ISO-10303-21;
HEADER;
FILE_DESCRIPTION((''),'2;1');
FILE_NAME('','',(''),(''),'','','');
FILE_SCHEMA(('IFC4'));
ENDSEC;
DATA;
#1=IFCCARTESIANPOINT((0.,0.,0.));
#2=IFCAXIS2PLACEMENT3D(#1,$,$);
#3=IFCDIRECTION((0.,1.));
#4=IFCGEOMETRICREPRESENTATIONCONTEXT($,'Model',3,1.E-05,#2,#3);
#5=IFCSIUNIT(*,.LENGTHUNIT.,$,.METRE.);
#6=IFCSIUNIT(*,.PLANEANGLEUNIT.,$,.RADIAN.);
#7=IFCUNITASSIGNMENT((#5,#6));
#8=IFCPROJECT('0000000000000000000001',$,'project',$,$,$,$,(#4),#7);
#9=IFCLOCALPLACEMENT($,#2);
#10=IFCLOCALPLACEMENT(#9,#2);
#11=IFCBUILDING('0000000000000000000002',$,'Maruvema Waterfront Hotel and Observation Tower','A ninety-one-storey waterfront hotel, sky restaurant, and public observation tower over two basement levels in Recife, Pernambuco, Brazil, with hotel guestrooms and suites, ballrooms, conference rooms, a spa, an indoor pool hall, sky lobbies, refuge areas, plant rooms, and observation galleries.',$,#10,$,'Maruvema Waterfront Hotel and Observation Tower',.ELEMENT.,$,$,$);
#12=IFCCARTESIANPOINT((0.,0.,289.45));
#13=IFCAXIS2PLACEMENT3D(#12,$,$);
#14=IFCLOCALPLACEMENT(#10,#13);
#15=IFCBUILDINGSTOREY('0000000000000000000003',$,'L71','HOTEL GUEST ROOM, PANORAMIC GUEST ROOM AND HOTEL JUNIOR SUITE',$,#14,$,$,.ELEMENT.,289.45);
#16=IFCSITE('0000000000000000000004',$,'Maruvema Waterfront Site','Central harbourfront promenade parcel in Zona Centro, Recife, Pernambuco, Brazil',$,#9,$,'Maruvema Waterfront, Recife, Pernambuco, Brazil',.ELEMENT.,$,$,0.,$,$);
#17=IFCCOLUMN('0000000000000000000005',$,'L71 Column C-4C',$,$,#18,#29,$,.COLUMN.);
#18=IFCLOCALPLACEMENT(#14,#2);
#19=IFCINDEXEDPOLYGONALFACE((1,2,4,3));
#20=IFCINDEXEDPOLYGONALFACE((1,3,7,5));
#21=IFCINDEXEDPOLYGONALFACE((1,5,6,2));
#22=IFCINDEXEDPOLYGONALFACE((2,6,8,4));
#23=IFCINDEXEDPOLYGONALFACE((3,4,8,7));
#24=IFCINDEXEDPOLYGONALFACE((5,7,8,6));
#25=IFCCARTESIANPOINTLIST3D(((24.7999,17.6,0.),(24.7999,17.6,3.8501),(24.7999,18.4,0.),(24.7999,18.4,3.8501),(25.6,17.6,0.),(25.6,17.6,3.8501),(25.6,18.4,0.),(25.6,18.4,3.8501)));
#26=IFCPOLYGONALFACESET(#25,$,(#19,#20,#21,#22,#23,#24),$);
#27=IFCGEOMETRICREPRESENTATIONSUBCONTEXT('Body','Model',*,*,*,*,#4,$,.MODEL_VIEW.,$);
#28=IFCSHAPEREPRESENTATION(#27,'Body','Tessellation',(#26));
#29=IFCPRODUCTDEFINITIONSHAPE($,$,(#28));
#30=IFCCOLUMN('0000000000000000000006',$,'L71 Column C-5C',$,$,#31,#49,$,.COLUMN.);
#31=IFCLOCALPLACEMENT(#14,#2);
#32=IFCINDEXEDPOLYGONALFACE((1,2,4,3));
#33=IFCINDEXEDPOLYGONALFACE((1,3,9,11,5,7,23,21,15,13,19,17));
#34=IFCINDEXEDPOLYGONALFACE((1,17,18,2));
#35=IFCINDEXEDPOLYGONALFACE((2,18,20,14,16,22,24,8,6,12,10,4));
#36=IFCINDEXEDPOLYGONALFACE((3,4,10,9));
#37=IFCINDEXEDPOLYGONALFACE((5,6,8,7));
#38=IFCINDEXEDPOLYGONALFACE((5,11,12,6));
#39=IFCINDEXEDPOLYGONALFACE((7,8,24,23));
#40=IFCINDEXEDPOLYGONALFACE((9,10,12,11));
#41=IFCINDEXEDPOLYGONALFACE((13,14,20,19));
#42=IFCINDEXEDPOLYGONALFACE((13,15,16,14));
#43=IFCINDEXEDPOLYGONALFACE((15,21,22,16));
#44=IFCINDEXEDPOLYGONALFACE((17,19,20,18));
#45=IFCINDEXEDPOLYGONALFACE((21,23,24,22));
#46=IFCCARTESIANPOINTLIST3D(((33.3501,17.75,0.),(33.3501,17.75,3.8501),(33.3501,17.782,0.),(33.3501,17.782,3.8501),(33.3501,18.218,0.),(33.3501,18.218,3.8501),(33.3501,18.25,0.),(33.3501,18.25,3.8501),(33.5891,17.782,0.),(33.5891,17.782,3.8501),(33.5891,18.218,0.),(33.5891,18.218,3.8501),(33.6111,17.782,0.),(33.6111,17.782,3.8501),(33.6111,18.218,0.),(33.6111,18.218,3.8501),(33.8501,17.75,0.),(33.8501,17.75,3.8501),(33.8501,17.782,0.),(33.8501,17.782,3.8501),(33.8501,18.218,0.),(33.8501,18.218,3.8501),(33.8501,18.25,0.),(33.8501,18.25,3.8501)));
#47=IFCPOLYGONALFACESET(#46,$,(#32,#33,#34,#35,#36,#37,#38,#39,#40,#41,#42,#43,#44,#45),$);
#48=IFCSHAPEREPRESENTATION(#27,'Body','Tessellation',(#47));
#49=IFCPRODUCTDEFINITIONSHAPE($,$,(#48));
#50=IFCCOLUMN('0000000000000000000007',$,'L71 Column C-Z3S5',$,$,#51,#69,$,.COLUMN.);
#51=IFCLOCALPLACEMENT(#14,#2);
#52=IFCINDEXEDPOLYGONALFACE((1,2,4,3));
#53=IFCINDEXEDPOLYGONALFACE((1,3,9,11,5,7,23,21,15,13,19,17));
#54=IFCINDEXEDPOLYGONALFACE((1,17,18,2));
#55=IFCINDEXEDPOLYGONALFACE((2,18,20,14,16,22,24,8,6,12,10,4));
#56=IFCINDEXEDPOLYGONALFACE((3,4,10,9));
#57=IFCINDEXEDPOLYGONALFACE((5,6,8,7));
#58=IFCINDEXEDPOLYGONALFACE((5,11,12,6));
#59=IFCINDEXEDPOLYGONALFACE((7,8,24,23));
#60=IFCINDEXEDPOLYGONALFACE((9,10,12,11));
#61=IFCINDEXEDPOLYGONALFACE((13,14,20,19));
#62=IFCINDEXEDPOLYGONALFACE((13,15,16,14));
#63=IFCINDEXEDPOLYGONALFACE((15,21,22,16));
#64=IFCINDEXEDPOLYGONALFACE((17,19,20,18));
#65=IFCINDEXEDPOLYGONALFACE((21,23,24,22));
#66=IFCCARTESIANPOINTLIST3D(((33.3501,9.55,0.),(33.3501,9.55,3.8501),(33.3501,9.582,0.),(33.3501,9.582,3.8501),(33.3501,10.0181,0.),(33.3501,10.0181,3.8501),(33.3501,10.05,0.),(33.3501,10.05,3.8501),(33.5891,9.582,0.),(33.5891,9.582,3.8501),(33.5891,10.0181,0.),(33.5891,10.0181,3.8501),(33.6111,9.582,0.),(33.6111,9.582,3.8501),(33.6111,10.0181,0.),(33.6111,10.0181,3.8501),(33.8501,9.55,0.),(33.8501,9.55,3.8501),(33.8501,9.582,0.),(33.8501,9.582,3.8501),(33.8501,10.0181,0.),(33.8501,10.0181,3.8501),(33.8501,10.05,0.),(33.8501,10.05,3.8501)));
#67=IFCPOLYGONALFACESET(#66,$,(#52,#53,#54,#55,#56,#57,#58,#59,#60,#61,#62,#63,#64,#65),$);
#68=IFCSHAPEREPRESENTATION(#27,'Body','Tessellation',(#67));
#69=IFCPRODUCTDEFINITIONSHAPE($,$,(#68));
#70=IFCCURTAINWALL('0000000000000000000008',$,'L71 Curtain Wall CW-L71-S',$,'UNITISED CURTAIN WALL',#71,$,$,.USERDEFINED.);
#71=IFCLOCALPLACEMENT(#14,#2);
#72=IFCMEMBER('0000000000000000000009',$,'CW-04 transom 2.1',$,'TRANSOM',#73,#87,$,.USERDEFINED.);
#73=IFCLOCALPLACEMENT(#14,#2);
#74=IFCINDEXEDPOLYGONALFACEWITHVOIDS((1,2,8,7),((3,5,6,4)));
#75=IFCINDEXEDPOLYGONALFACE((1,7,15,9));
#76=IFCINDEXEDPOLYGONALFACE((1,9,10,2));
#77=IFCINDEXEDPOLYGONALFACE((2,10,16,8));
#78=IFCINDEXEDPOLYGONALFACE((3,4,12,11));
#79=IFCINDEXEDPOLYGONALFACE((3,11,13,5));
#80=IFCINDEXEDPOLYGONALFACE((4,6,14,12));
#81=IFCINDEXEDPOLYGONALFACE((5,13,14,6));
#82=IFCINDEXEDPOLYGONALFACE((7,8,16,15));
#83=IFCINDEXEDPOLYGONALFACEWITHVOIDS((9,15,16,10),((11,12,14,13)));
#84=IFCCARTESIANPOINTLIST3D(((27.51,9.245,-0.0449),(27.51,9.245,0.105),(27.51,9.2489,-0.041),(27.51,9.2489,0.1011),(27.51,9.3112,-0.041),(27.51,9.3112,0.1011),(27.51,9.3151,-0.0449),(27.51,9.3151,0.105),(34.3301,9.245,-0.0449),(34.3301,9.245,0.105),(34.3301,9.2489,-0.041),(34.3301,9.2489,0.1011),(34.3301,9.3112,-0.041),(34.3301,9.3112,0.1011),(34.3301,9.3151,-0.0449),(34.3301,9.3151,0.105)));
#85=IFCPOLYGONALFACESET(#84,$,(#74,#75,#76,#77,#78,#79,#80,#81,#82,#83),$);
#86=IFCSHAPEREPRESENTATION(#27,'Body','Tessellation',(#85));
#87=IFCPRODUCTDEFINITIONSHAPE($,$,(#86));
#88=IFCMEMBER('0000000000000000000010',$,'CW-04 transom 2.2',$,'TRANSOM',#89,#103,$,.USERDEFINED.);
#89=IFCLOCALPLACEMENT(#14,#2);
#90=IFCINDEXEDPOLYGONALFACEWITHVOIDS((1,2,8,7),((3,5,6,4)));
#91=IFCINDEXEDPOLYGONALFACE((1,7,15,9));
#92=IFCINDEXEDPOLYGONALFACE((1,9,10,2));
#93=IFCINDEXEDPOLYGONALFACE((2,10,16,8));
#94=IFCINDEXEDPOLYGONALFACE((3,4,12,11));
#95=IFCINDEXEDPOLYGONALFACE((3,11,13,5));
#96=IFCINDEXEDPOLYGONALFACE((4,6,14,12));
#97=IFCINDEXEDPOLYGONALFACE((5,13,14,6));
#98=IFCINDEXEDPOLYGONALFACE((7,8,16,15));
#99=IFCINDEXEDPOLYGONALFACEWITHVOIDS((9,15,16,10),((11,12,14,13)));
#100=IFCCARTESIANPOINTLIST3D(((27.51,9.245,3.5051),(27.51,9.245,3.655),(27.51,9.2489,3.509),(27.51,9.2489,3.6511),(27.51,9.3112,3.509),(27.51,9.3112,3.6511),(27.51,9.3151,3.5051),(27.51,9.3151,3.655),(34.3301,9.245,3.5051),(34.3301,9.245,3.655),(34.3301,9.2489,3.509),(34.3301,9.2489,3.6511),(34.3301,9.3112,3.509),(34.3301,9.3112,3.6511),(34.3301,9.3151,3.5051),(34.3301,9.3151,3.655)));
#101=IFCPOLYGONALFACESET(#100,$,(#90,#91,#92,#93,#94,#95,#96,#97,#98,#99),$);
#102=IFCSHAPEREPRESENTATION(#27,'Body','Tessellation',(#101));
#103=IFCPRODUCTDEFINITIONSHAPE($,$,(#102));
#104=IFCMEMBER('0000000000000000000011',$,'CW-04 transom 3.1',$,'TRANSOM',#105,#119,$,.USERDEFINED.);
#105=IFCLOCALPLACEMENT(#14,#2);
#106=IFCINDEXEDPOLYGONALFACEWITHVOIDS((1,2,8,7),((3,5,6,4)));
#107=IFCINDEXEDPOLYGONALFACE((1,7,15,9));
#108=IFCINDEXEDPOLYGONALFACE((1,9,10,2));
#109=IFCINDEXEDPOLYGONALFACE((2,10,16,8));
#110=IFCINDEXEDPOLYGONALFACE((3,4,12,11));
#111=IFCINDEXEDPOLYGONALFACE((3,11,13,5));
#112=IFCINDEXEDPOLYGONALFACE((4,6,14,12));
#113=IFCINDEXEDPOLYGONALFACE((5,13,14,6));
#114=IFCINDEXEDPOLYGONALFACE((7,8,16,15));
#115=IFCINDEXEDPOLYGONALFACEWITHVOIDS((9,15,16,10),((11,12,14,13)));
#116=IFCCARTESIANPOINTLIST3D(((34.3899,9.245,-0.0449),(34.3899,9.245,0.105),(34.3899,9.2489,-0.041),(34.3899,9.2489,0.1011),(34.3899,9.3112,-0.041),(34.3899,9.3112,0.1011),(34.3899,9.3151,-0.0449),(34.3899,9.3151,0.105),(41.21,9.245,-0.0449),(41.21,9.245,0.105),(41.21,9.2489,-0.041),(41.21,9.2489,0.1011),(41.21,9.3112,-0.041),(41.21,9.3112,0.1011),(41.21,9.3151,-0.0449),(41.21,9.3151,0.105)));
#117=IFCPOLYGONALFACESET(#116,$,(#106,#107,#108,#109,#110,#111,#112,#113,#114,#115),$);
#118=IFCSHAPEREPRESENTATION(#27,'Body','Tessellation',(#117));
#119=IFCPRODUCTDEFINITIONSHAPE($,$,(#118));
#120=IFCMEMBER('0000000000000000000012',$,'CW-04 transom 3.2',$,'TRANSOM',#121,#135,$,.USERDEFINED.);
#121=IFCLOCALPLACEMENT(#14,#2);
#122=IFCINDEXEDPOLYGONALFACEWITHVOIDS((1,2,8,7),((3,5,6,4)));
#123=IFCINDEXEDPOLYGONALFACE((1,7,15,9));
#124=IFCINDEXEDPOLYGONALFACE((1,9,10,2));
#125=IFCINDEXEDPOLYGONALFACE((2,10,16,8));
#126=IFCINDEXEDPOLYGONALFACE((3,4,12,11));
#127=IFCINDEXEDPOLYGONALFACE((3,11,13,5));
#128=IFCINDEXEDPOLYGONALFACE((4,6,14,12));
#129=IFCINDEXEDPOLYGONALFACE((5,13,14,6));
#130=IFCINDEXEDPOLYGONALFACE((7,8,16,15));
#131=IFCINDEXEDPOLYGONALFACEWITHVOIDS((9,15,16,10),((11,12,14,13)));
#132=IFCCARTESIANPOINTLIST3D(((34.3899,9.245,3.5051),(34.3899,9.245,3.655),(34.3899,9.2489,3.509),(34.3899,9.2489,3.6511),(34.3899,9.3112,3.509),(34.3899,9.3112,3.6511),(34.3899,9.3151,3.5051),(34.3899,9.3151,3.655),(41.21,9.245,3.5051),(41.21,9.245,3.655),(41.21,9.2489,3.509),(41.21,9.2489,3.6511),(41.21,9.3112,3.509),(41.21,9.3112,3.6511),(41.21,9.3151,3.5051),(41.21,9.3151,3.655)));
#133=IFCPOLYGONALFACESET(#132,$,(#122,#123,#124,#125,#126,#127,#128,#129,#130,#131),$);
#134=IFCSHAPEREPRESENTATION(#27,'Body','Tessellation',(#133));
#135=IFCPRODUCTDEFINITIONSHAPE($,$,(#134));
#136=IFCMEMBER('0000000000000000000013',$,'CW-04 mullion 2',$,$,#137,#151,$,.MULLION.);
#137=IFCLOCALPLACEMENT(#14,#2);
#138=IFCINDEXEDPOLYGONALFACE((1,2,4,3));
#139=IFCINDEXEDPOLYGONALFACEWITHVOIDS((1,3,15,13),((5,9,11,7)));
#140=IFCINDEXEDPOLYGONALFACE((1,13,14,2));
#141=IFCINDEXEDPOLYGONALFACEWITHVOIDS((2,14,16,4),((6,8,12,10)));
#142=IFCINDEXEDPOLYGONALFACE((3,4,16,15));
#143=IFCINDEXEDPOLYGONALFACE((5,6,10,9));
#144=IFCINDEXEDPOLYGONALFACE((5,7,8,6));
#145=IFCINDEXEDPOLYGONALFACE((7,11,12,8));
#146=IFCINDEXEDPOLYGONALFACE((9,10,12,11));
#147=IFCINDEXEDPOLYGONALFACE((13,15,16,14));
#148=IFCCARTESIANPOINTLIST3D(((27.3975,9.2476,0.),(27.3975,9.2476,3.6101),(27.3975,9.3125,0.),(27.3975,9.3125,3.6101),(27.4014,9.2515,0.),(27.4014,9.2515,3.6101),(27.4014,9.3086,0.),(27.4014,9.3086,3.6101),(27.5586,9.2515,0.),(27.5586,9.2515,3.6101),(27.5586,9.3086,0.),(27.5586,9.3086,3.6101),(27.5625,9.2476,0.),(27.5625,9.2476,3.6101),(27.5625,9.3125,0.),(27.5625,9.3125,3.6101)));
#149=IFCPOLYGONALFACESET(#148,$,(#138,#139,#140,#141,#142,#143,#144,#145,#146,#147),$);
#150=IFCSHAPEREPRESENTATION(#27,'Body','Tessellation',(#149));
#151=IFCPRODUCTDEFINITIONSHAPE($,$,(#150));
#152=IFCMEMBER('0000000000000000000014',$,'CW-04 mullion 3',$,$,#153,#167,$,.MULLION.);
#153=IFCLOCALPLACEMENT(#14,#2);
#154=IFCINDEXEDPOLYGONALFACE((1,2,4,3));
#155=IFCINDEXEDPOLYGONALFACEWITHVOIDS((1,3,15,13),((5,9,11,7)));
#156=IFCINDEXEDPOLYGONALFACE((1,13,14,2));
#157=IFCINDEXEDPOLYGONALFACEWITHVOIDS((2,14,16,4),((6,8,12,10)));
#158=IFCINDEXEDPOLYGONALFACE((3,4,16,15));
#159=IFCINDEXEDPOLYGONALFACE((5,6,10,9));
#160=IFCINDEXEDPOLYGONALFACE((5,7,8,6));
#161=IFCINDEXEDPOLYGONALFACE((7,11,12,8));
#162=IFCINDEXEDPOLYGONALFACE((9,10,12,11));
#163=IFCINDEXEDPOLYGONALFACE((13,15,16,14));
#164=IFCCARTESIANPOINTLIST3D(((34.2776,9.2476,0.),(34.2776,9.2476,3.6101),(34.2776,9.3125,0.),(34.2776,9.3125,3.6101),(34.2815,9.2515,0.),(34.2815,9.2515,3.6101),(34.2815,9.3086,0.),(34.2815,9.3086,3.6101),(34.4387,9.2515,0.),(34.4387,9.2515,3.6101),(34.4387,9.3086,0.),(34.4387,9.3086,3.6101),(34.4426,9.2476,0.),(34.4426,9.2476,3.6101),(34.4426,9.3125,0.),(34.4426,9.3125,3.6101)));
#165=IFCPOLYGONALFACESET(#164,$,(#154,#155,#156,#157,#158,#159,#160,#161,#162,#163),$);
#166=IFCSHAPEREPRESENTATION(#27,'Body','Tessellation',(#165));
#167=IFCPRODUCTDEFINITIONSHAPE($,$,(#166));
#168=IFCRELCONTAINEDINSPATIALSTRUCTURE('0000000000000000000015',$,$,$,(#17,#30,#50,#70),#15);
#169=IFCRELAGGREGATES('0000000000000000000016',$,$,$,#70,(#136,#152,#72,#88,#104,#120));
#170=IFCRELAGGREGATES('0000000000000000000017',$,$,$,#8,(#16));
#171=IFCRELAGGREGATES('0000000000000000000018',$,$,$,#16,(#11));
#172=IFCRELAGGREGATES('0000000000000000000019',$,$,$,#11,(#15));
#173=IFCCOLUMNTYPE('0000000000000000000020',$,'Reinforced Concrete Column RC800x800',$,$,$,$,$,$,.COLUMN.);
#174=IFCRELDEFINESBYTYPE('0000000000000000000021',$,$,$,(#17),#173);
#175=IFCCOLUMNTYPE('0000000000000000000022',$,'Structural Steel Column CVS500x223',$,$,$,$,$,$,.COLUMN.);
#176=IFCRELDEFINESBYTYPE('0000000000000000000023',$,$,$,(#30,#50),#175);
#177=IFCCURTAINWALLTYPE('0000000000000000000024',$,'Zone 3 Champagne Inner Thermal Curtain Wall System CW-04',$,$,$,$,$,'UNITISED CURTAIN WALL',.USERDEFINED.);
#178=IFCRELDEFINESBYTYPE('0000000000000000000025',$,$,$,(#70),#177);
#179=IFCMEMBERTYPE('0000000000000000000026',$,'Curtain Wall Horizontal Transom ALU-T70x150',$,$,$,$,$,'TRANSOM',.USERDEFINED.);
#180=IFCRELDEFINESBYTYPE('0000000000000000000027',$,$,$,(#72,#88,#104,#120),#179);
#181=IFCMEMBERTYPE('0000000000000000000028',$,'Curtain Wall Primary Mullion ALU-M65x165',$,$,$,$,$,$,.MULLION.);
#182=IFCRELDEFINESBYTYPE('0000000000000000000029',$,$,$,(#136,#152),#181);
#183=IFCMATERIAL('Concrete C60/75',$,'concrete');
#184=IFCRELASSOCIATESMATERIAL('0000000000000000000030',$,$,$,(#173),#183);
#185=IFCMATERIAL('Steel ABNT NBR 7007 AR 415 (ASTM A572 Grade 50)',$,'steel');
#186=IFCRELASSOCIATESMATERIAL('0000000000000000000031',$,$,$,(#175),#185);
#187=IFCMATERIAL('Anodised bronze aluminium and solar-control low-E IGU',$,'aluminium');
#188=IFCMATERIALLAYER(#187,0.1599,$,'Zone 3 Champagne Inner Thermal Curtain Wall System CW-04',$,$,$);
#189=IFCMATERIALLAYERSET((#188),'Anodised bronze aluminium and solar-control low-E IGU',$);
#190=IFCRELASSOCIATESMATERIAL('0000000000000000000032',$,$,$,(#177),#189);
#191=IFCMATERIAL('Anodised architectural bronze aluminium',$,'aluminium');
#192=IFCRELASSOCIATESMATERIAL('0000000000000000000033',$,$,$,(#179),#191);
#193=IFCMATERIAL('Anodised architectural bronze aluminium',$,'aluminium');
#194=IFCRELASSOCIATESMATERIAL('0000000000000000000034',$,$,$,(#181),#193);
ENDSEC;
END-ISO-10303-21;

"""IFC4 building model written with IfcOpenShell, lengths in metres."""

from ifc_helpers import new_model, si_unit, direction, frame, origin, origin_2d, place, context, subcontext, project, spatial, rectangle, hollow_rectangle, i_section, extrude, material, layer, layer_set, material_profile, profile_set, type_object, element, aggregate, save


model = new_model("IFC4")

# Units and contexts
model_context = context("Model", 3, precision=1e-05, world=origin(), true_north=direction((0.0, 1.0)))
body_context = subcontext(model_context, "Body", "Model", "MODEL_VIEW")
ifc_project = project(units=[si_unit("LENGTHUNIT", "METRE"), si_unit("PLANEANGLEUNIT", "RADIAN")], contexts=[model_context])

# Site, building, storey
site_placement = place(None, origin())
site = spatial("IfcSite", under=ifc_project, at=site_placement, Name="Maruvema Waterfront Site", Description="Central harbourfront promenade parcel in Zona Centro, Recife, Pernambuco, Brazil", LongName="Maruvema Waterfront, Recife, Pernambuco, Brazil", CompositionType="ELEMENT", RefElevation=0.0)
building_placement = place(site_placement, origin())
building = spatial("IfcBuilding", under=site, at=building_placement, Name="Maruvema Waterfront Hotel and Observation Tower", Description="A ninety-one-storey waterfront hotel, sky restaurant, and public observation tower over two basement levels in Recife, Pernambuco, Brazil, with hotel guestrooms and suites, ballrooms, conference rooms, a spa, an indoor pool hall, sky lobbies, refuge areas, plant rooms, and observation galleries.", LongName="Maruvema Waterfront Hotel and Observation Tower", CompositionType="ELEMENT")
storey_placement = place(building_placement, frame((0.0, 0.0, 289.45)))
storey = spatial("IfcBuildingStorey", under=building, at=storey_placement, Name="L71", Description="HOTEL GUEST ROOM, PANORAMIC GUEST ROOM AND HOTEL JUNIOR SUITE", CompositionType="ELEMENT", Elevation=289.45)

# Columns
ifc_material_1 = material(Name="Concrete C60/75", Category="concrete")
ifc_material_profile_1 = material_profile(ifc_material_1, rectangle(XDim=0.8, YDim=0.8, at=origin_2d()), Name="RC800x800")
ifc_profile_set_1 = profile_set([ifc_material_profile_1], Name="Concrete C60/75")
column_type_1 = type_object("IfcColumnType", Name="Reinforced Concrete Column RC800x800", PredefinedType="COLUMN", material=ifc_profile_set_1)
column_placement = place(storey_placement, frame((25.2, 18.0, 0.0), z_axis=(0.0, 0.0, 1.0), x_axis=(1.0, 0.0, 0.0)))
element("IfcColumn", 1, at=column_placement, inside=storey, type_object=column_type_1, Name="L71 Column C-4C", PredefinedType="COLUMN", context=body_context, shape_type="SweptSolid", body=[
    extrude(rectangle(XDim=0.8, YDim=0.8, at=origin_2d()), origin(), (0.0, 0.0, 1.0), 3.8501),
])
ifc_material_2 = material(Name="Steel ABNT NBR 7007 AR 415 (ASTM A572 Grade 50)", Category="steel")
ifc_material_profile_2 = material_profile(ifc_material_2, i_section(OverallWidth=0.5, OverallDepth=0.5, WebThickness=0.022, FlangeThickness=0.032, at=origin_2d()), Name="CVS500x223")
ifc_profile_set_2 = profile_set([ifc_material_profile_2], Name="Steel ABNT NBR 7007 AR 415 (ASTM A572 Grade 50)")
column_type_2 = type_object("IfcColumnType", Name="Structural Steel Column CVS500x223", PredefinedType="COLUMN", material=ifc_profile_set_2)
for number, where, z_axis, x_axis, name in (
    (2, (33.6001, 18.0, 0.0), (0.0, 0.0, 1.0), (1.0, 0.0, 0.0), "L71 Column C-5C"),
    (3, (33.6001, 9.8, 0.0), (0.0, 0.0, 1.0), (1.0, 0.0, 0.0), "L71 Column C-Z3S5"),
):
    element("IfcColumn", number, at=place(storey_placement, frame(where, z_axis=z_axis, x_axis=x_axis)), inside=storey, type_object=column_type_2, Name=name, PredefinedType="COLUMN", context=body_context, shape_type="SweptSolid", body=[
        extrude(i_section(OverallWidth=0.5, OverallDepth=0.5, WebThickness=0.022, FlangeThickness=0.032, at=origin_2d()), origin(), (0.0, 0.0, 1.0), 3.8501),
    ])

# Curtain wall, members
ifc_material_3 = material(Name="Anodised bronze aluminium and solar-control low-E IGU", Category="aluminium")
ifc_layer_1 = layer(ifc_material_3, 0.1599, Name="Zone 3 Champagne Inner Thermal Curtain Wall System CW-04")
ifc_layer_set_1 = layer_set([ifc_layer_1], Name="Anodised bronze aluminium and solar-control low-E IGU")
curtain_wall_type = type_object("IfcCurtainWallType", Name="Zone 3 Champagne Inner Thermal Curtain Wall System CW-04", ElementType="UNITISED CURTAIN WALL", PredefinedType="USERDEFINED", material=ifc_layer_set_1)
curtain_wall_placement = place(storey_placement, origin())
curtain_wall = element("IfcCurtainWall", 4, at=curtain_wall_placement, inside=storey, type_object=curtain_wall_type, Name="L71 Curtain Wall CW-L71-S", ObjectType="UNITISED CURTAIN WALL", PredefinedType="USERDEFINED")
ifc_material_4 = material(Name="Anodised architectural bronze aluminium", Category="aluminium")
ifc_material_profile_3 = material_profile(ifc_material_4, hollow_rectangle(XDim=0.0701, YDim=0.1499, WallThickness=0.0039, at=origin_2d()), Name="ALU-T70x150")
ifc_profile_set_3 = profile_set([ifc_material_profile_3], Name="Anodised architectural bronze aluminium")
member_type_1 = type_object("IfcMemberType", Name="Curtain Wall Horizontal Transom ALU-T70x150", ElementType="TRANSOM", PredefinedType="USERDEFINED", material=ifc_profile_set_3)
member_1_placement = place(storey_placement, frame((27.51, 9.28, 0.03), z_axis=(1.0, 0.0, 0.0), x_axis=(0.0, 1.0, 0.0)))
member_1 = element("IfcMember", 5, at=member_1_placement, type_object=member_type_1, Name="CW-04 transom 2.1", ObjectType="TRANSOM", PredefinedType="USERDEFINED", context=body_context, shape_type="SweptSolid", body=[
    extrude(hollow_rectangle(XDim=0.0701, YDim=0.1499, WallThickness=0.0039, at=origin_2d()), origin(), (0.0, 0.0, 1.0), 6.8201),
])
member_2_placement = place(storey_placement, frame((27.51, 9.28, 3.5801), z_axis=(1.0, 0.0, 0.0), x_axis=(0.0, 1.0, 0.0)))
member_2 = element("IfcMember", 6, at=member_2_placement, type_object=member_type_1, Name="CW-04 transom 2.2", ObjectType="TRANSOM", PredefinedType="USERDEFINED", context=body_context, shape_type="SweptSolid", body=[
    extrude(hollow_rectangle(XDim=0.0701, YDim=0.1499, WallThickness=0.0039, at=origin_2d()), origin(), (0.0, 0.0, 1.0), 6.8201),
])
member_3_placement = place(storey_placement, frame((34.3899, 9.28, 0.03), z_axis=(1.0, 0.0, 0.0), x_axis=(0.0, 1.0, 0.0)))
member_3 = element("IfcMember", 7, at=member_3_placement, type_object=member_type_1, Name="CW-04 transom 3.1", ObjectType="TRANSOM", PredefinedType="USERDEFINED", context=body_context, shape_type="SweptSolid", body=[
    extrude(hollow_rectangle(XDim=0.0701, YDim=0.1499, WallThickness=0.0039, at=origin_2d()), origin(), (0.0, 0.0, 1.0), 6.8201),
])
member_4_placement = place(storey_placement, frame((34.3899, 9.28, 3.5801), z_axis=(1.0, 0.0, 0.0), x_axis=(0.0, 1.0, 0.0)))
member_4 = element("IfcMember", 8, at=member_4_placement, type_object=member_type_1, Name="CW-04 transom 3.2", ObjectType="TRANSOM", PredefinedType="USERDEFINED", context=body_context, shape_type="SweptSolid", body=[
    extrude(hollow_rectangle(XDim=0.0701, YDim=0.1499, WallThickness=0.0039, at=origin_2d()), origin(), (0.0, 0.0, 1.0), 6.8201),
])
ifc_material_5 = material(Name="Anodised architectural bronze aluminium", Category="aluminium")
ifc_material_profile_4 = material_profile(ifc_material_5, hollow_rectangle(XDim=0.0649, YDim=0.165, WallThickness=0.0039, at=origin_2d()), Name="ALU-M65x165")
ifc_profile_set_4 = profile_set([ifc_material_profile_4], Name="Anodised architectural bronze aluminium")
member_type_2 = type_object("IfcMemberType", Name="Curtain Wall Primary Mullion ALU-M65x165", PredefinedType="MULLION", material=ifc_profile_set_4)
member_5_placement = place(storey_placement, frame((27.48, 9.28, 0.0), z_axis=(0.0, 0.0, 1.0), x_axis=(0.0, 1.0, 0.0)))
member_5 = element("IfcMember", 9, at=member_5_placement, type_object=member_type_2, Name="CW-04 mullion 2", PredefinedType="MULLION", context=body_context, shape_type="SweptSolid", body=[
    extrude(hollow_rectangle(XDim=0.0649, YDim=0.165, WallThickness=0.0039, at=origin_2d()), origin(), (0.0, 0.0, 1.0), 3.6101),
])
member_6_placement = place(storey_placement, frame((34.3601, 9.28, 0.0), z_axis=(0.0, 0.0, 1.0), x_axis=(0.0, 1.0, 0.0)))
member_6 = element("IfcMember", 10, at=member_6_placement, type_object=member_type_2, Name="CW-04 mullion 3", PredefinedType="MULLION", context=body_context, shape_type="SweptSolid", body=[
    extrude(hollow_rectangle(XDim=0.0649, YDim=0.165, WallThickness=0.0039, at=origin_2d()), origin(), (0.0, 0.0, 1.0), 3.6101),
])

aggregate(curtain_wall, [member_5, member_6, member_1, member_2, member_3, member_4])

save(model, "model.ifc")
